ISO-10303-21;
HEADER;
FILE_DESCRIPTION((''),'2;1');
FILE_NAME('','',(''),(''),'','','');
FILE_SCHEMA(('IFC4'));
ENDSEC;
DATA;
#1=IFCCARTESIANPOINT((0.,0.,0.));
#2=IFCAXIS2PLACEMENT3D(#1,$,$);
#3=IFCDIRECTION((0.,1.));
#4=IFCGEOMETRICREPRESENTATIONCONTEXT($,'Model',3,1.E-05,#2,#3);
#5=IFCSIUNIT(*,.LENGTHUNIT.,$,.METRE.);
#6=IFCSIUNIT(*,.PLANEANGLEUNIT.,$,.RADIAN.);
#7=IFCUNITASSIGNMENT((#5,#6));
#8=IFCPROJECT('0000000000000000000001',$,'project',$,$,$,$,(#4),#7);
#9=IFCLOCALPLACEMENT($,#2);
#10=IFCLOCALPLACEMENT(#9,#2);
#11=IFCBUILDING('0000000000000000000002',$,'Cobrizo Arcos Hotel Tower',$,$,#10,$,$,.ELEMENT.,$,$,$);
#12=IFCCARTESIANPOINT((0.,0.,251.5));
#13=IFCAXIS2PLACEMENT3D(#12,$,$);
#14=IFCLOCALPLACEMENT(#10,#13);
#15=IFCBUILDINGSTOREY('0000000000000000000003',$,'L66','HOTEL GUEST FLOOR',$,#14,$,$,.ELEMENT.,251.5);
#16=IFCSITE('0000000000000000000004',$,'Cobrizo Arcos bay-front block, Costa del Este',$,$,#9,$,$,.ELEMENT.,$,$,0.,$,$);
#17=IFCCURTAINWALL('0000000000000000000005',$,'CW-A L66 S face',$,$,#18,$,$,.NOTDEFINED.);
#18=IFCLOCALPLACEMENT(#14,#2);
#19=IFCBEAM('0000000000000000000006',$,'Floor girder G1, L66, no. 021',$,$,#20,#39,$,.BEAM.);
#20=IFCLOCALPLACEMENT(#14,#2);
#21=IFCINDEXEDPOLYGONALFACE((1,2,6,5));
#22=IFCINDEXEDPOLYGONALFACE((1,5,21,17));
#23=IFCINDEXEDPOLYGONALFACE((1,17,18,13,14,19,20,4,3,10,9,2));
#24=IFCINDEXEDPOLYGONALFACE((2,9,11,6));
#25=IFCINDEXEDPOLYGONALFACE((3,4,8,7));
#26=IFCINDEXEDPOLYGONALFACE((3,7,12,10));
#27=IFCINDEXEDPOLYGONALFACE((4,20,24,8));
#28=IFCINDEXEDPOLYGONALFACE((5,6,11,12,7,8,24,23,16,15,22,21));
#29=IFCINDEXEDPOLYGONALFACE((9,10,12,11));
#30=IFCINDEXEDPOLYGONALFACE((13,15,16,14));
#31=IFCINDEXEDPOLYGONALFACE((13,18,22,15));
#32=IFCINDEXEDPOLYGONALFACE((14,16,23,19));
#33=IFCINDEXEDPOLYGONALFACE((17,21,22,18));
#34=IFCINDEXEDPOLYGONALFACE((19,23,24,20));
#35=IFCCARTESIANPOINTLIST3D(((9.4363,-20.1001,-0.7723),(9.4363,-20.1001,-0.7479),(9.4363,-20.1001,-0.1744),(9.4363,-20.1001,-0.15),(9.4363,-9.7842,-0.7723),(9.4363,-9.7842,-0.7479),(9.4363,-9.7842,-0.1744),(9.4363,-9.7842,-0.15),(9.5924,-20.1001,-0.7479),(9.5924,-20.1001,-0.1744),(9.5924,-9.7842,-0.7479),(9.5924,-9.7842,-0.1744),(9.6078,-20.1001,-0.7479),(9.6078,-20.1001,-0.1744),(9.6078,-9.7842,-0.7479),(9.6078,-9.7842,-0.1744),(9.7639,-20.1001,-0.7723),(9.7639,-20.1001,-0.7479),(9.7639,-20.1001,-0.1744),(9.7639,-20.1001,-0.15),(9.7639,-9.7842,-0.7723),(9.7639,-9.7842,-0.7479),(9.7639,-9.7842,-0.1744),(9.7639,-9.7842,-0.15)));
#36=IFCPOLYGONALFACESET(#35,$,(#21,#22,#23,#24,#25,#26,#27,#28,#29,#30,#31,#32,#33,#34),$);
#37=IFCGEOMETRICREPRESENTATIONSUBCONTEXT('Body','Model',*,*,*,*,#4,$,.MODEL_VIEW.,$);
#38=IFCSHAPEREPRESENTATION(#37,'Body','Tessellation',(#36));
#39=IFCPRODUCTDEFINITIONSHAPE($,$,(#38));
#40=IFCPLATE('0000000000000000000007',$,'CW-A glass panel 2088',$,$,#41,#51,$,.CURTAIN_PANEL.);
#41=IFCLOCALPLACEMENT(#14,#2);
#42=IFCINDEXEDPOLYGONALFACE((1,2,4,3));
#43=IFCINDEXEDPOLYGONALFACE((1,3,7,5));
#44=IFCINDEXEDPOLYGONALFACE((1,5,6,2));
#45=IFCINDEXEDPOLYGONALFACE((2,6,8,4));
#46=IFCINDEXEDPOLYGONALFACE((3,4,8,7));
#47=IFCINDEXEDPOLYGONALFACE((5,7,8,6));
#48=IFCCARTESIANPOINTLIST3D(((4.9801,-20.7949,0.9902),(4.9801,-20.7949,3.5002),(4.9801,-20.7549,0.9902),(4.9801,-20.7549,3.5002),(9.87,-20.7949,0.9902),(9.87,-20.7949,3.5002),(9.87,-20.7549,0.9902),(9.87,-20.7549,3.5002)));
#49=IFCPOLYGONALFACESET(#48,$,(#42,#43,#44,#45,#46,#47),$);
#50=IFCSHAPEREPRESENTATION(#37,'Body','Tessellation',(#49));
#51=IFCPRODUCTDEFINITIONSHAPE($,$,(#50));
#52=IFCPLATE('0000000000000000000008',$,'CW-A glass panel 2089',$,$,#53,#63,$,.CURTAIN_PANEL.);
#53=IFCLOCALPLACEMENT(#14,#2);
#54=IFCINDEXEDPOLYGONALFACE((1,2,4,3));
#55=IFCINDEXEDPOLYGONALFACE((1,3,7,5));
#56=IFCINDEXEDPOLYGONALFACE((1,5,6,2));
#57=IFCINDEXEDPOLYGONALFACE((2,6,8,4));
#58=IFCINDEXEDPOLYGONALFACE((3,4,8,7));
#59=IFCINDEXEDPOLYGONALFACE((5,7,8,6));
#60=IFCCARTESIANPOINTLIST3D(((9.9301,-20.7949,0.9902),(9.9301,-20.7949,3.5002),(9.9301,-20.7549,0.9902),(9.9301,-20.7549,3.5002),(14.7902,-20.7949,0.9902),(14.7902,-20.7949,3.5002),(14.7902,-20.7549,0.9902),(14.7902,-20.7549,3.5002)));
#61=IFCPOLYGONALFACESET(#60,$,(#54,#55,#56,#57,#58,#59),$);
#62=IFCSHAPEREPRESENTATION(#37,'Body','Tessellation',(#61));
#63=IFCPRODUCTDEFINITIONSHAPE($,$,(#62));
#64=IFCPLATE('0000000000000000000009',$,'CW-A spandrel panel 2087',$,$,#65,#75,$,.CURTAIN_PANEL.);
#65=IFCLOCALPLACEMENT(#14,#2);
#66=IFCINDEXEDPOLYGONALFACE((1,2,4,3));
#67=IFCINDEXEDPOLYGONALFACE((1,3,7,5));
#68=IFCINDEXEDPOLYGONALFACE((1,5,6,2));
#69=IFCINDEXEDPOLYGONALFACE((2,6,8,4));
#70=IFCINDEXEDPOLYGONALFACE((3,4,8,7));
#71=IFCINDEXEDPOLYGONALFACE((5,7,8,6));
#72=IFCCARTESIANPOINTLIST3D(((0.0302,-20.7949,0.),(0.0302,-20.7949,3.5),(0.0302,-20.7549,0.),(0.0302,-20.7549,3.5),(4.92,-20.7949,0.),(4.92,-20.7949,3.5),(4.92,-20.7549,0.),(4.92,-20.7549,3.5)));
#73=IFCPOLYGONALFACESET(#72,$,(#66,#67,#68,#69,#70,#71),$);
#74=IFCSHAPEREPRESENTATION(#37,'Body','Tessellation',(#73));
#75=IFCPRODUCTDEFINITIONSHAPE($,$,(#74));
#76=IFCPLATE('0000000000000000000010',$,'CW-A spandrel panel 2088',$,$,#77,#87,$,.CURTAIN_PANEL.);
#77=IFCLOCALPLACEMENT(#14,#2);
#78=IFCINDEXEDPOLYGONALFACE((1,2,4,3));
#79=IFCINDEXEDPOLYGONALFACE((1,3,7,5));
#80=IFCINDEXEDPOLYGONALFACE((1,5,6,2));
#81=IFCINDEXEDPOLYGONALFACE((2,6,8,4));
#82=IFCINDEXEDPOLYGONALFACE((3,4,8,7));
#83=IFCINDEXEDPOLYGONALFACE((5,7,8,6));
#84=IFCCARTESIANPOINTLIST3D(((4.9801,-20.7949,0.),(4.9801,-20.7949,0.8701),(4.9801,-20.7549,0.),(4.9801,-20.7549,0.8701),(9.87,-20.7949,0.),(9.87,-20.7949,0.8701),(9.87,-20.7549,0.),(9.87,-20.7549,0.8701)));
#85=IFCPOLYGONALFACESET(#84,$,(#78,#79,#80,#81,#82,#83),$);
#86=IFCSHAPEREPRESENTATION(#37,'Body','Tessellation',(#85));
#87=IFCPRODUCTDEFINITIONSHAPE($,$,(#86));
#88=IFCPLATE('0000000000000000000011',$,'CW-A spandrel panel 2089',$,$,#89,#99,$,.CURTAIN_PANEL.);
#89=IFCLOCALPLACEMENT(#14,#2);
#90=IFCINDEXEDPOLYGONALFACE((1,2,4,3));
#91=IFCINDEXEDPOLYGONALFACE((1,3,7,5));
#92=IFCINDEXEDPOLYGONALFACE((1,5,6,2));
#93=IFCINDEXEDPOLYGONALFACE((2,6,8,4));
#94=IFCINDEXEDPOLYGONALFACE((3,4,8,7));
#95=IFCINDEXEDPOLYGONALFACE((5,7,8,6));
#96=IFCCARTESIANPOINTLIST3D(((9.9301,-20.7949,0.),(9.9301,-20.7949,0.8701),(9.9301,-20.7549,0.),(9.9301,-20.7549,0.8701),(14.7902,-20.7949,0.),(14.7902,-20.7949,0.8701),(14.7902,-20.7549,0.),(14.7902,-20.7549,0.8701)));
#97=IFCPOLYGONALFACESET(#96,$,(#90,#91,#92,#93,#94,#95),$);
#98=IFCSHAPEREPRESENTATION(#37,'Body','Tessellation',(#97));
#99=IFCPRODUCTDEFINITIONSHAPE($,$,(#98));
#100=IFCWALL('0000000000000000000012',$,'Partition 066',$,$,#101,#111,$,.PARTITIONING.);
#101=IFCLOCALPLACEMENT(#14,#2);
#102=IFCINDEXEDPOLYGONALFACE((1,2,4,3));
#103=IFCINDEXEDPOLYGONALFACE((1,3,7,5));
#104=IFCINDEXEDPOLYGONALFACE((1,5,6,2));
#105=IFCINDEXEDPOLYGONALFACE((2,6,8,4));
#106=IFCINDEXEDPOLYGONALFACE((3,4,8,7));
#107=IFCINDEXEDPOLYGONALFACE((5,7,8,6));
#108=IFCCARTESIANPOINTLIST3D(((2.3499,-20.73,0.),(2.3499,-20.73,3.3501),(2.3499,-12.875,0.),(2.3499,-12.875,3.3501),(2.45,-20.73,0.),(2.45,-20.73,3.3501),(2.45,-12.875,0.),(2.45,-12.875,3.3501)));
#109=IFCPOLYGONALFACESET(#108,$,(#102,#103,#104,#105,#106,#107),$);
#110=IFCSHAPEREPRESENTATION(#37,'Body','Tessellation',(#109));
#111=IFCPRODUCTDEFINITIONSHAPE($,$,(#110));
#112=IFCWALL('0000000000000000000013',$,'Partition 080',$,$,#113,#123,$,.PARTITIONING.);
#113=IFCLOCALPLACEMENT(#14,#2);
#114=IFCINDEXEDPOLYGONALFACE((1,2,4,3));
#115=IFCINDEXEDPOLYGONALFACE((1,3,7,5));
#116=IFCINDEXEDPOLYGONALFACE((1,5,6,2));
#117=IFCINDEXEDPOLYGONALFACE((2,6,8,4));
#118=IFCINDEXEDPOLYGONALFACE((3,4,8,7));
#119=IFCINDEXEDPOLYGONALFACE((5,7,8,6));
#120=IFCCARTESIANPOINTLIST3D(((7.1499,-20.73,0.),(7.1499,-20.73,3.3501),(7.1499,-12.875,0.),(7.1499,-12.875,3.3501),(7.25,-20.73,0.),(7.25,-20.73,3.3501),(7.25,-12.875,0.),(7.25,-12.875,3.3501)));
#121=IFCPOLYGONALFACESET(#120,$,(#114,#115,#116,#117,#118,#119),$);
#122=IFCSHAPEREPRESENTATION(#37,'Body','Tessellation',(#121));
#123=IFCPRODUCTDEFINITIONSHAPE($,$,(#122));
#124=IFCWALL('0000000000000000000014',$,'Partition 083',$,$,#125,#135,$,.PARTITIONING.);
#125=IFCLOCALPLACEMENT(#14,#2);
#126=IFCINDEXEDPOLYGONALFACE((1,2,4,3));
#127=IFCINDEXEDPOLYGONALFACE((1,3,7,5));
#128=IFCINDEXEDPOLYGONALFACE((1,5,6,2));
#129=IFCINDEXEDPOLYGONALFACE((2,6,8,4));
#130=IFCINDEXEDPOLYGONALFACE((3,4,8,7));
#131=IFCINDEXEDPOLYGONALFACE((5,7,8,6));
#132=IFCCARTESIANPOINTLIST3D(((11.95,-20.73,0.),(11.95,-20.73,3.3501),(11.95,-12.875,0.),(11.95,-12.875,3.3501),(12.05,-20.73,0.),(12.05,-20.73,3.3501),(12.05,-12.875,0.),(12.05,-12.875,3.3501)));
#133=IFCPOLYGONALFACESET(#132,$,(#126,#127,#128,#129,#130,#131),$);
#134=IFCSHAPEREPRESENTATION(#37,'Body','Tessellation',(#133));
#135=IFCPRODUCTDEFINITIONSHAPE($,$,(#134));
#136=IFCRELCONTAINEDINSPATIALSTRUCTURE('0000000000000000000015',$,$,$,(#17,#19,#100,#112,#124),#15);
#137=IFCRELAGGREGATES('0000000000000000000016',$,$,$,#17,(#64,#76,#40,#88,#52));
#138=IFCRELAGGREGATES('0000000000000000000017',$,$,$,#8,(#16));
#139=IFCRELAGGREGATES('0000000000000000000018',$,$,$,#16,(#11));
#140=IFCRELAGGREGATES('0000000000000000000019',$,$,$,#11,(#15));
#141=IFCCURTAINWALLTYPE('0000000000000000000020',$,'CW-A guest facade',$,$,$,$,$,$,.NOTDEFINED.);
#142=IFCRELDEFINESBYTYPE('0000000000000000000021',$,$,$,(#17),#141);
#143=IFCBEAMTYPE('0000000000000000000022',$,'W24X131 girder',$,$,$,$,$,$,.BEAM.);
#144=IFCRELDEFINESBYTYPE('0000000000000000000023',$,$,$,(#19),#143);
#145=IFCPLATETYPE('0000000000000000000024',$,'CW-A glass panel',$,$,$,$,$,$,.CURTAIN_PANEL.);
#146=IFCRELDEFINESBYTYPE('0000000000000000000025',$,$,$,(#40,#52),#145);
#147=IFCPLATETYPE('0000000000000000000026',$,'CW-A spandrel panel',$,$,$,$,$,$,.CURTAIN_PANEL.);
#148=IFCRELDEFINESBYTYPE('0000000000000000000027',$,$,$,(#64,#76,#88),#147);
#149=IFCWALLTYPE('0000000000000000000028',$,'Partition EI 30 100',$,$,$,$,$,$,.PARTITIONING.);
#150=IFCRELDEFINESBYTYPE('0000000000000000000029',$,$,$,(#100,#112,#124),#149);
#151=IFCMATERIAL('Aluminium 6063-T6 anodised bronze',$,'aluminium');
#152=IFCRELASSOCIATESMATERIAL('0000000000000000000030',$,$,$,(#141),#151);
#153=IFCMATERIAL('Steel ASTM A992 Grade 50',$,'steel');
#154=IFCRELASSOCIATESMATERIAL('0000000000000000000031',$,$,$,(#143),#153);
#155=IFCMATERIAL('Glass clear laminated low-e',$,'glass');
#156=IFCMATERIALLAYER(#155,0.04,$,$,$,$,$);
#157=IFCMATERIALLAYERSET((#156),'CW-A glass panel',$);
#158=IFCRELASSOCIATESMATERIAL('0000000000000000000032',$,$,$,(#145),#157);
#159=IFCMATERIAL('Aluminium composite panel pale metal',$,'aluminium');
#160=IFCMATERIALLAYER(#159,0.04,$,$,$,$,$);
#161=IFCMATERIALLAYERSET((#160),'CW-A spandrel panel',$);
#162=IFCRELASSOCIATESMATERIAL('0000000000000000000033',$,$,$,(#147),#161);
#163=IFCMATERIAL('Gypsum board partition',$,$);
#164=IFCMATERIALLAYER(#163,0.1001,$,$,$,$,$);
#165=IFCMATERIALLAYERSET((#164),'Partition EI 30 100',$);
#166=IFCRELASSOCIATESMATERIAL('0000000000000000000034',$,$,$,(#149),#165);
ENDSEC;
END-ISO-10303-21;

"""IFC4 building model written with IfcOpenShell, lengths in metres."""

from ifc_helpers import new_model, si_unit, direction, frame, frame_2d, origin, origin_2d, place, context, subcontext, project, spatial, rectangle, i_section, extrude, material, layer, layer_set, material_profile, profile_set, type_object, element, aggregate, save


model = new_model("IFC4")

# Units and contexts
model_context = context("Model", 3, precision=1e-05, world=origin(), true_north=direction((0.0, 1.0)))
body_context = subcontext(model_context, "Body", "Model", "MODEL_VIEW")
ifc_project = project(units=[si_unit("LENGTHUNIT", "METRE"), si_unit("PLANEANGLEUNIT", "RADIAN")], contexts=[model_context])

# Site, building, storey
site_placement = place(None, origin())
site = spatial("IfcSite", under=ifc_project, at=site_placement, Name="Cobrizo Arcos bay-front block, Costa del Este", CompositionType="ELEMENT", RefElevation=0.0)
building_placement = place(site_placement, origin())
building = spatial("IfcBuilding", under=site, at=building_placement, Name="Cobrizo Arcos Hotel Tower", CompositionType="ELEMENT")
storey_placement = place(building_placement, frame((0.0, 0.0, 251.5)))
storey = spatial("IfcBuildingStorey", under=building, at=storey_placement, Name="L66", Description="HOTEL GUEST FLOOR", CompositionType="ELEMENT", Elevation=251.5)

# Curtain wall
ifc_material_1 = material(Name="Aluminium 6063-T6 anodised bronze", Category="aluminium")
curtain_wall_type = type_object("IfcCurtainWallType", Name="CW-A guest facade", PredefinedType="NOTDEFINED", material=ifc_material_1)
curtain_wall_placement = place(storey_placement, origin())
curtain_wall = element("IfcCurtainWall", 1, at=curtain_wall_placement, inside=storey, type_object=curtain_wall_type, Name="CW-A L66 S face", PredefinedType="NOTDEFINED")

# Beam
ifc_material_2 = material(Name="Steel ASTM A992 Grade 50", Category="steel")
ifc_material_profile_1 = material_profile(ifc_material_2, i_section(OverallWidth=0.3276, OverallDepth=0.6223, WebThickness=0.0154, FlangeThickness=0.0244, at=origin_2d()), Name="W24X131")
ifc_profile_set_1 = profile_set([ifc_material_profile_1], Name="Steel ASTM A992 Grade 50")
beam_type_1 = type_object("IfcBeamType", Name="W24X131 girder", PredefinedType="BEAM", material=ifc_profile_set_1)
beam_1_placement = place(storey_placement, frame((9.6001, -20.1001, -0.4612), z_axis=(0.0, 1.0, 0.0), x_axis=(-1.0, 0.0, 0.0)))
element("IfcBeam", 2, at=beam_1_placement, inside=storey, type_object=beam_type_1, Name="Floor girder G1, L66, no. 021", PredefinedType="BEAM", context=body_context, shape_type="SweptSolid", body=[
    extrude(i_section(OverallWidth=0.3276, OverallDepth=0.6223, WebThickness=0.0154, FlangeThickness=0.0244, at=origin_2d()), origin(), (0.0, 0.0, 1.0), 10.3159),
])

# Plates
ifc_material_3 = material(Name="Glass clear laminated low-e", Category="glass")
ifc_layer_1 = layer(ifc_material_3, 0.04)
ifc_layer_set_1 = layer_set([ifc_layer_1], Name="CW-A glass panel")
plate_type_1 = type_object("IfcPlateType", Name="CW-A glass panel", PredefinedType="CURTAIN_PANEL", material=ifc_layer_set_1)
plate_1_placement = place(storey_placement, frame((7.425, -20.7749, 0.9902), z_axis=(0.0, 0.0, 1.0), x_axis=(1.0, 0.0, 0.0)))
plate_1 = element("IfcPlate", 3, at=plate_1_placement, type_object=plate_type_1, Name="CW-A glass panel 2088", PredefinedType="CURTAIN_PANEL", context=body_context, shape_type="SweptSolid", body=[
    extrude(rectangle(XDim=4.8899, YDim=0.04, at=origin_2d()), origin(), (0.0, 0.0, 1.0), 2.51),
])
plate_2_placement = place(storey_placement, frame((12.3601, -20.7749, 0.9902), z_axis=(0.0, 0.0, 1.0), x_axis=(1.0, 0.0, 0.0)))
plate_2 = element("IfcPlate", 4, at=plate_2_placement, type_object=plate_type_1, Name="CW-A glass panel 2089", PredefinedType="CURTAIN_PANEL", context=body_context, shape_type="SweptSolid", body=[
    extrude(rectangle(XDim=4.8601, YDim=0.04, at=origin_2d()), origin(), (0.0, 0.0, 1.0), 2.51),
])
ifc_material_4 = material(Name="Aluminium composite panel pale metal", Category="aluminium")
ifc_layer_2 = layer(ifc_material_4, 0.04)
ifc_layer_set_2 = layer_set([ifc_layer_2], Name="CW-A spandrel panel")
plate_type_2 = type_object("IfcPlateType", Name="CW-A spandrel panel", PredefinedType="CURTAIN_PANEL", material=ifc_layer_set_2)
plate_3_placement = place(storey_placement, frame((2.4751, -20.7749, 0.0), z_axis=(0.0, 0.0, 1.0), x_axis=(1.0, 0.0, 0.0)))
plate_3 = element("IfcPlate", 5, at=plate_3_placement, type_object=plate_type_2, Name="CW-A spandrel panel 2087", PredefinedType="CURTAIN_PANEL", context=body_context, shape_type="SweptSolid", body=[
    extrude(rectangle(XDim=4.8899, YDim=0.04, at=origin_2d()), origin(), (0.0, 0.0, 1.0), 3.5),
])
plate_4_placement = place(storey_placement, frame((7.425, -20.7749, 0.0), z_axis=(0.0, 0.0, 1.0), x_axis=(1.0, 0.0, 0.0)))
plate_4 = element("IfcPlate", 6, at=plate_4_placement, type_object=plate_type_2, Name="CW-A spandrel panel 2088", PredefinedType="CURTAIN_PANEL", context=body_context, shape_type="SweptSolid", body=[
    extrude(rectangle(XDim=4.8899, YDim=0.04, at=origin_2d()), origin(), (0.0, 0.0, 1.0), 0.8701),
])
plate_5_placement = place(storey_placement, frame((12.3601, -20.7749, 0.0), z_axis=(0.0, 0.0, 1.0), x_axis=(1.0, 0.0, 0.0)))
plate_5 = element("IfcPlate", 7, at=plate_5_placement, type_object=plate_type_2, Name="CW-A spandrel panel 2089", PredefinedType="CURTAIN_PANEL", context=body_context, shape_type="SweptSolid", body=[
    extrude(rectangle(XDim=4.8601, YDim=0.04, at=origin_2d()), origin(), (0.0, 0.0, 1.0), 0.8701),
])
aggregate(curtain_wall, [plate_3, plate_4, plate_1, plate_5, plate_2])

# Walls
ifc_material_5 = material(Name="Gypsum board partition")
ifc_layer_3 = layer(ifc_material_5, 0.1001)
ifc_layer_set_3 = layer_set([ifc_layer_3], Name="Partition EI 30 100")
wall_type = type_object("IfcWallType", Name="Partition EI 30 100", PredefinedType="PARTITIONING", material=ifc_layer_set_3)
for number, where, z_axis, x_axis, name in (
    (8, (2.3999, -20.73, 0.0), (0.0, 0.0, 1.0), (0.0, 1.0, 0.0), "Partition 066"),
    (9, (7.2, -20.73, 0.0), (0.0, 0.0, 1.0), (0.0, 1.0, 0.0), "Partition 080"),
    (10, (12.0, -20.73, 0.0), (0.0, 0.0, 1.0), (0.0, 1.0, 0.0), "Partition 083"),
):
    element("IfcWall", number, at=place(storey_placement, frame(where, z_axis=z_axis, x_axis=x_axis)), inside=storey, type_object=wall_type, Name=name, PredefinedType="PARTITIONING", context=body_context, shape_type="SweptSolid", body=[
        extrude(rectangle(XDim=7.855, YDim=0.1001, at=frame_2d((3.9275, 0.0))), origin(), (0.0, 0.0, 1.0), 3.3501),
    ])

save(model, "model.ifc")
